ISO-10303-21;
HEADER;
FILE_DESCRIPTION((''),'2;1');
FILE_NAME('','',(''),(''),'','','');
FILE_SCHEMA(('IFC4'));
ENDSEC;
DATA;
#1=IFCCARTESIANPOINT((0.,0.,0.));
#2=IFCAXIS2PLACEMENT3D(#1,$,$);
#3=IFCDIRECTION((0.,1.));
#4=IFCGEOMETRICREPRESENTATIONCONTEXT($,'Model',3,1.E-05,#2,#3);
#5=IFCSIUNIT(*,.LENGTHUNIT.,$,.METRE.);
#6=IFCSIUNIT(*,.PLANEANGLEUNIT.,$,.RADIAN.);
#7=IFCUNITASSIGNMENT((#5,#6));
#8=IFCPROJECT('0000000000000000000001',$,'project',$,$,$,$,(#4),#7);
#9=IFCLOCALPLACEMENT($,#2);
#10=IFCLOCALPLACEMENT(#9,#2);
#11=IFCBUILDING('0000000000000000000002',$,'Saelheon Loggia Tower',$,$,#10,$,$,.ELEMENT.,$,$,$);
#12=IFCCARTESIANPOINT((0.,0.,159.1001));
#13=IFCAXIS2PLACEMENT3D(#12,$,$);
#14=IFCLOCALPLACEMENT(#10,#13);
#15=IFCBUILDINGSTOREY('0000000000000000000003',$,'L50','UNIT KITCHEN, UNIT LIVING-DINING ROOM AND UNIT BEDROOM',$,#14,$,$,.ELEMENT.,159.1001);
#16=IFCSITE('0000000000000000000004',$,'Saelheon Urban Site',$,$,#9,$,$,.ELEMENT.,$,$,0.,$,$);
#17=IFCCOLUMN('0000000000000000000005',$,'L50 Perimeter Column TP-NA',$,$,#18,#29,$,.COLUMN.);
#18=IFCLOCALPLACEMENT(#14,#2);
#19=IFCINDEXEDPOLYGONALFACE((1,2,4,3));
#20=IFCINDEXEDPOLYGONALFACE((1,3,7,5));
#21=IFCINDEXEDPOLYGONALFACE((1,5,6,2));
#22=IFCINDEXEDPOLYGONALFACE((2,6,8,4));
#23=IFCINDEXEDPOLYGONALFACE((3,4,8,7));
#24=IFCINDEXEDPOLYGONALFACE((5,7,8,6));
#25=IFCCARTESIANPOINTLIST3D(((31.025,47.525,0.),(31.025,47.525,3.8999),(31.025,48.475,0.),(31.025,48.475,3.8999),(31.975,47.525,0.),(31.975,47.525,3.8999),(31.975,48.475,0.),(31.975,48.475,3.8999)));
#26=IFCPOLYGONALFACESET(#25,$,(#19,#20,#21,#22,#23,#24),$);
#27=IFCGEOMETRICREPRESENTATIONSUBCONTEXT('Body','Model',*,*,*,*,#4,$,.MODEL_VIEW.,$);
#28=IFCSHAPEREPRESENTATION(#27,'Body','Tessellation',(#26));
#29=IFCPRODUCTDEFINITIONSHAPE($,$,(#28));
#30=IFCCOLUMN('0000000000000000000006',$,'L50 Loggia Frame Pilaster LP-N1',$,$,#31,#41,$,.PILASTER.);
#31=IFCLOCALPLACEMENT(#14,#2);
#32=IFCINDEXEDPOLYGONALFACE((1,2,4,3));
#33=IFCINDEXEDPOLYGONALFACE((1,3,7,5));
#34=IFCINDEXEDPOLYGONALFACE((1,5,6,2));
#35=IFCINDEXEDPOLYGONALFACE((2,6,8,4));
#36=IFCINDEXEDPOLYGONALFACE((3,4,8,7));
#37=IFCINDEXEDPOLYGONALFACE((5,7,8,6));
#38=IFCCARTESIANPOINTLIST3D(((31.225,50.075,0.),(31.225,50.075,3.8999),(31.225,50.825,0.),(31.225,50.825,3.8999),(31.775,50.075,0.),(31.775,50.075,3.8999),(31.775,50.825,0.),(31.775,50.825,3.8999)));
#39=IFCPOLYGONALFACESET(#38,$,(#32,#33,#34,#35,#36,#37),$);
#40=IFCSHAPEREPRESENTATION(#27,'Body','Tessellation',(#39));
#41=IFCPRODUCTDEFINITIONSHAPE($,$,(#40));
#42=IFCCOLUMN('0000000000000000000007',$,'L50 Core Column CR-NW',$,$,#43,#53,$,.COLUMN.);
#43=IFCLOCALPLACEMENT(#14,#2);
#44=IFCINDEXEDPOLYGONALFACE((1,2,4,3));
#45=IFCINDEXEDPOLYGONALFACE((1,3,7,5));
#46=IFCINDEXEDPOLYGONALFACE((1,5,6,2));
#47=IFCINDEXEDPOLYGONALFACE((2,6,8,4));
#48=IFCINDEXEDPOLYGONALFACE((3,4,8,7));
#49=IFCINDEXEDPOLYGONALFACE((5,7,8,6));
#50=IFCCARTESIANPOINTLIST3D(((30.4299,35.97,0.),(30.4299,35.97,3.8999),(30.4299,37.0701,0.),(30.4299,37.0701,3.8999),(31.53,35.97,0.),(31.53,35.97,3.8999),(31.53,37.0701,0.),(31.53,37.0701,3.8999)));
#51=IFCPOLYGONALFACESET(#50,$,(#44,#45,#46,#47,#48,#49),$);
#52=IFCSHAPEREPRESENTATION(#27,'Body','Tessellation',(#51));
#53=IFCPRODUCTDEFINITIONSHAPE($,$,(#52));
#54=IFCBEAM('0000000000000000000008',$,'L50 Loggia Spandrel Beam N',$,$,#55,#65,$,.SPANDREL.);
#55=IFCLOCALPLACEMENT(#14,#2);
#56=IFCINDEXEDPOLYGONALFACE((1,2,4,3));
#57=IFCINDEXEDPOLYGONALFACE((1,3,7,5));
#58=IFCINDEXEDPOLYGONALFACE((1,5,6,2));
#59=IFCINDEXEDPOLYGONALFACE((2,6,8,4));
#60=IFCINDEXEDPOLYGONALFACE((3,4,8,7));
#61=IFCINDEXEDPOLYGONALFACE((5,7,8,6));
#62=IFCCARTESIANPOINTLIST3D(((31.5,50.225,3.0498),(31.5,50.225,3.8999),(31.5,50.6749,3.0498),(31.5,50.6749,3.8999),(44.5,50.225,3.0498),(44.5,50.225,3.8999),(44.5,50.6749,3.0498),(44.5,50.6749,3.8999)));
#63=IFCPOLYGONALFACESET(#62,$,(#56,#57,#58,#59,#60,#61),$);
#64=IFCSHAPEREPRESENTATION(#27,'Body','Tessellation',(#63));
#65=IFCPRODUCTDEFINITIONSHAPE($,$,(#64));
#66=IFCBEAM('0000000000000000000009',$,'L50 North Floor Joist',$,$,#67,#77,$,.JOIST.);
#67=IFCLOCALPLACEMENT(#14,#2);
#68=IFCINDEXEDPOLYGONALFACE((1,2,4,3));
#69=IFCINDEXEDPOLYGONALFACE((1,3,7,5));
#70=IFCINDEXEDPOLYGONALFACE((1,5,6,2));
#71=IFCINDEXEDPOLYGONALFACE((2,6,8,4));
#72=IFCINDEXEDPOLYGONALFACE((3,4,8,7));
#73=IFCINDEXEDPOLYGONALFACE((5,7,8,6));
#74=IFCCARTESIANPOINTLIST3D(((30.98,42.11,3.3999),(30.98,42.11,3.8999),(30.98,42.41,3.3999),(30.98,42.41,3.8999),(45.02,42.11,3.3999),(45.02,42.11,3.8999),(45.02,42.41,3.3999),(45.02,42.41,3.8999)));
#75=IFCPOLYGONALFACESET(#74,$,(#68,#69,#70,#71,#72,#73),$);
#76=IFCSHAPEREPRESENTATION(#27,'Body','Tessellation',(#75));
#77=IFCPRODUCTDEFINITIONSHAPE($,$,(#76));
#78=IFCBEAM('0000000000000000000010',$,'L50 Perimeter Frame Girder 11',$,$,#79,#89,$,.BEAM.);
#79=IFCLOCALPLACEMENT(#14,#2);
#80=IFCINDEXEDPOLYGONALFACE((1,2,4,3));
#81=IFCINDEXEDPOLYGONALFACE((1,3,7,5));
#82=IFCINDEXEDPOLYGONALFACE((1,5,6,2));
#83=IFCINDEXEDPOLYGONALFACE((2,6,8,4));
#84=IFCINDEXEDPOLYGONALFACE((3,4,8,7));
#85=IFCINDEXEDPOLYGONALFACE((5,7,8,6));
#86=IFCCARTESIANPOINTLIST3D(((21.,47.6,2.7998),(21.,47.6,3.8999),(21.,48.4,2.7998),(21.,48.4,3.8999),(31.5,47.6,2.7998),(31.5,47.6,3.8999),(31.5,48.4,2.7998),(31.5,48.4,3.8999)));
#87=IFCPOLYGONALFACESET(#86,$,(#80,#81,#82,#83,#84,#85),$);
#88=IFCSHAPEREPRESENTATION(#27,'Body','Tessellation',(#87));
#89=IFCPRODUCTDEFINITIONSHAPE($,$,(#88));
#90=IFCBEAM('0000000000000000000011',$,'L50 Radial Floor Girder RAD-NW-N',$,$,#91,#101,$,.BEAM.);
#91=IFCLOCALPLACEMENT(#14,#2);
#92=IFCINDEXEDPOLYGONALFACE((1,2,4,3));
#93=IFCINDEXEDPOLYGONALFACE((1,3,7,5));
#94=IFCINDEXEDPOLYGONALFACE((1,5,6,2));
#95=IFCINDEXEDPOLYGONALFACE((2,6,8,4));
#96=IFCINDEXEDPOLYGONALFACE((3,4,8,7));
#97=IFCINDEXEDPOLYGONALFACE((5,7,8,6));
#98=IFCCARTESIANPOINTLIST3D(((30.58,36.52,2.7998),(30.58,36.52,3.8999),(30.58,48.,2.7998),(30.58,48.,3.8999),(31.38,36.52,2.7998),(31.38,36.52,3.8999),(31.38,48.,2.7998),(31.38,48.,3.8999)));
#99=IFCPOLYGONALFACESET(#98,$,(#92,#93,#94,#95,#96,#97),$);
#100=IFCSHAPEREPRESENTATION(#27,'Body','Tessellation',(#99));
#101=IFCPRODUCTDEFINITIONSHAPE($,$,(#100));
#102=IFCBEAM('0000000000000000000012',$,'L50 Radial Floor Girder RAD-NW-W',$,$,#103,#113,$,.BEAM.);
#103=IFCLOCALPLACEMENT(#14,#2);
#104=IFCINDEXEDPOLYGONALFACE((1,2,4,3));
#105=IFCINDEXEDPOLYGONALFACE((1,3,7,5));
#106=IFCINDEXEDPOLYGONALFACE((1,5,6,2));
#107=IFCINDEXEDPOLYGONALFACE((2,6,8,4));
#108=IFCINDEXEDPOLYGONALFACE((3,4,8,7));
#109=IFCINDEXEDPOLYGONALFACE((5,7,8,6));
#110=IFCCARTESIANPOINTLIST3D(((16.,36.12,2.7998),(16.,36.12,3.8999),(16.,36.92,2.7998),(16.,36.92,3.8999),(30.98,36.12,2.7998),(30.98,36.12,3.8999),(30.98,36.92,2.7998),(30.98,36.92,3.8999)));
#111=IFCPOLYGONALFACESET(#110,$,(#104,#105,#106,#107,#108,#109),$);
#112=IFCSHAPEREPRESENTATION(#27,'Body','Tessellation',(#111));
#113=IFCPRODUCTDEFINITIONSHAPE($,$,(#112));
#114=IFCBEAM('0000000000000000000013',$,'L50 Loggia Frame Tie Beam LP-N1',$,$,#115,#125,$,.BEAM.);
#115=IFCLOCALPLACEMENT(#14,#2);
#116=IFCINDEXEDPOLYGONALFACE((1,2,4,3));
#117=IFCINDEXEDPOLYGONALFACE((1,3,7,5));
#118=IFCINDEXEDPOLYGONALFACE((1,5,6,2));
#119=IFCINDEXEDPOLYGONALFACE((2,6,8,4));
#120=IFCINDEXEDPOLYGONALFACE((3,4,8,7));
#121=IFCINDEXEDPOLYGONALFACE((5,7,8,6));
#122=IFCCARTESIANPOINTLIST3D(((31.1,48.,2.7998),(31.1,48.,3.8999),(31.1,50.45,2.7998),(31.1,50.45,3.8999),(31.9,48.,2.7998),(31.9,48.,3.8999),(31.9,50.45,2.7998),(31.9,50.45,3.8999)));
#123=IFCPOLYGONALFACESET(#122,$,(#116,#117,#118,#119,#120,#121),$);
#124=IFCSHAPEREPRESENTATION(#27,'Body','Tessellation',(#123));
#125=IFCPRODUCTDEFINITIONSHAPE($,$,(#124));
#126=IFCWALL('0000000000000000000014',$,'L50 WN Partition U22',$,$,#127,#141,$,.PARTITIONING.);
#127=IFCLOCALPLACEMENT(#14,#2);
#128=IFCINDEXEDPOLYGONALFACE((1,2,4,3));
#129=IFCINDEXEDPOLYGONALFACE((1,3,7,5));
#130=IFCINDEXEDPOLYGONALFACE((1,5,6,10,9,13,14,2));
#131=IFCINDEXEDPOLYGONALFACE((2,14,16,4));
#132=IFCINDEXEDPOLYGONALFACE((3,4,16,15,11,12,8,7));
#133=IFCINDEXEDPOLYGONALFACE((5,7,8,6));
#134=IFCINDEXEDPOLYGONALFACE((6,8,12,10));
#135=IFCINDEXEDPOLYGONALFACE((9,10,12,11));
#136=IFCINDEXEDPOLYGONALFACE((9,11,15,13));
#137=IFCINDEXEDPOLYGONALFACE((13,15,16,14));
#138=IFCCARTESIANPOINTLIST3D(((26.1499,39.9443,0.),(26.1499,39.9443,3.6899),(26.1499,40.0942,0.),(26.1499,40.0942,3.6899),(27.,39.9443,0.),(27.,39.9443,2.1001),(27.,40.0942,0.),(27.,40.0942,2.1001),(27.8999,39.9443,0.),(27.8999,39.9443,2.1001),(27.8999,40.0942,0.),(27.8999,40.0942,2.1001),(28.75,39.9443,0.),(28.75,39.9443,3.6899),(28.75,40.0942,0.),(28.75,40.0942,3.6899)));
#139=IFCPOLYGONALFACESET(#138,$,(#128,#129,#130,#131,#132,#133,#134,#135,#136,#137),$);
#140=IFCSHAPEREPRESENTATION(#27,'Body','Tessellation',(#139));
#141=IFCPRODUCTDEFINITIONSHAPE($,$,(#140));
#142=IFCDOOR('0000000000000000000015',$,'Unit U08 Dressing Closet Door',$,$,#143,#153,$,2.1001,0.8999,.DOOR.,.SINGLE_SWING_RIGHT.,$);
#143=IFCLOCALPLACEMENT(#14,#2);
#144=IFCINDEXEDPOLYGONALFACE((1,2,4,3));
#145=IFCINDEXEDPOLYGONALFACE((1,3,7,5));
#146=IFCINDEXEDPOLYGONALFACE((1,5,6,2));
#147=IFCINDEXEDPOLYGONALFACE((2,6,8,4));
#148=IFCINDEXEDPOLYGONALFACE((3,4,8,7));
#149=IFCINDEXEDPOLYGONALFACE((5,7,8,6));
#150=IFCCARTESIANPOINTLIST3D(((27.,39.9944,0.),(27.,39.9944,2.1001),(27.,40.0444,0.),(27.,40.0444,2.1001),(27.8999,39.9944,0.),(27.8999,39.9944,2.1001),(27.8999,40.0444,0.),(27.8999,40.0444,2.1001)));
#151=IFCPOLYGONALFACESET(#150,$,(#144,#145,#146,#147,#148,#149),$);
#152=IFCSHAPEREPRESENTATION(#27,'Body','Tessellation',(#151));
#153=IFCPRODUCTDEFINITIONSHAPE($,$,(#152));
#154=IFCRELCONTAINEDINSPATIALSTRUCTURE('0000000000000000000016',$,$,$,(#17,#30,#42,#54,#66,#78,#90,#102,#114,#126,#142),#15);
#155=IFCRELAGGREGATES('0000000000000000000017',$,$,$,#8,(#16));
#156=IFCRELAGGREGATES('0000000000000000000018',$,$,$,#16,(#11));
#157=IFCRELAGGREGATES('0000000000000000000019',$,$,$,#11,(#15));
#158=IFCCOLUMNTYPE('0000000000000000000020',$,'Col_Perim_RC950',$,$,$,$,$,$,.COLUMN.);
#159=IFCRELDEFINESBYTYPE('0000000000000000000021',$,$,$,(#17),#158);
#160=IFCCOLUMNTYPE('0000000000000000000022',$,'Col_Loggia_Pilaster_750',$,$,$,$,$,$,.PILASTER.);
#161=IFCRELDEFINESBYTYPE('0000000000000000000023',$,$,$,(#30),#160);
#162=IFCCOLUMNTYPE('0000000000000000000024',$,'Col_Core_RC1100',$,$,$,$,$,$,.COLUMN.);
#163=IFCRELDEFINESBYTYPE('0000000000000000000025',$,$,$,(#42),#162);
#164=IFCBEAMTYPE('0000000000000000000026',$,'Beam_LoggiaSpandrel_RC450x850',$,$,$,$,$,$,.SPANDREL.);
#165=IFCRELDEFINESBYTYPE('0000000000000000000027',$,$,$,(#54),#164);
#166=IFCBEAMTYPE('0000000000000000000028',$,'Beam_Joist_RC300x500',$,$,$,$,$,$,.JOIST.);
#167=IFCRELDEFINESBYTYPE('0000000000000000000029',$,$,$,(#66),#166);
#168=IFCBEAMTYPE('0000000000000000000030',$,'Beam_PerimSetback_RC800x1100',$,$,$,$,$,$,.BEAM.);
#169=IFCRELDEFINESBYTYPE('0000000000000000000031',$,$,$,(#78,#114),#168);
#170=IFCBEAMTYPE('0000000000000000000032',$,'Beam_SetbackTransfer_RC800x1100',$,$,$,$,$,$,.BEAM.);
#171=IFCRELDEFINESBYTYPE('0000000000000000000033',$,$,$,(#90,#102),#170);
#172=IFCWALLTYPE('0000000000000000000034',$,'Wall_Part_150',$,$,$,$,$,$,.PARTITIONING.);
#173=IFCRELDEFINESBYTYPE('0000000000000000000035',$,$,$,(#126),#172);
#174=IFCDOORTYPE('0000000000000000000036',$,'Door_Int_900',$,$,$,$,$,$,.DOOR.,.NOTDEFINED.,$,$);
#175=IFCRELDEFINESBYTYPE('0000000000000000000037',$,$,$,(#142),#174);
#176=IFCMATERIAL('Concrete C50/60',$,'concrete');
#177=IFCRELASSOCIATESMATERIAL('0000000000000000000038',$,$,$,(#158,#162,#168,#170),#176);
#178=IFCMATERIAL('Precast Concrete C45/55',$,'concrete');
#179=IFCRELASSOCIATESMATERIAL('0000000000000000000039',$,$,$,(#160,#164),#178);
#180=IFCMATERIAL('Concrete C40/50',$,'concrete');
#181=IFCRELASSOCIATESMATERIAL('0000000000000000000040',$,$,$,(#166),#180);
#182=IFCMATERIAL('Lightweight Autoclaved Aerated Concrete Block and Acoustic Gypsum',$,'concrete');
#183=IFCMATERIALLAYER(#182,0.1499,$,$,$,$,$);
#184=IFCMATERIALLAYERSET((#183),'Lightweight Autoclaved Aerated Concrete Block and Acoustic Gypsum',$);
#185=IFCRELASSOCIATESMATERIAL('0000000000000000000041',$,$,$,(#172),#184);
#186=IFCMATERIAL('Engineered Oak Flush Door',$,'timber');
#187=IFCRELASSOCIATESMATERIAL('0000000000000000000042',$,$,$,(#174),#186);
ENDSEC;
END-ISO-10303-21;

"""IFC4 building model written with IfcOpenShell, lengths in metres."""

from ifc_helpers import new_model, si_unit, direction, frame, frame_2d, origin, origin_2d, place, context, subcontext, project, spatial, rectangle, extrude, source, transform, mapped, material, layer, layer_set, material_profile, profile_set, type_object, element, fill, save


model = new_model("IFC4")

# Units and contexts
model_context = context("Model", 3, precision=1e-05, world=origin(), true_north=direction((0.0, 1.0)))
body_context = subcontext(model_context, "Body", "Model", "MODEL_VIEW")
ifc_project = project(units=[si_unit("LENGTHUNIT", "METRE"), si_unit("PLANEANGLEUNIT", "RADIAN")], contexts=[model_context])

# Site, building, storey
site_placement = place(None, origin())
site = spatial("IfcSite", under=ifc_project, at=site_placement, Name="Saelheon Urban Site", CompositionType="ELEMENT", RefElevation=0.0)
building_placement = place(site_placement, origin())
building = spatial("IfcBuilding", under=site, at=building_placement, Name="Saelheon Loggia Tower", CompositionType="ELEMENT")
storey_placement = place(building_placement, frame((0.0, 0.0, 159.1001)))
storey = spatial("IfcBuildingStorey", under=building, at=storey_placement, Name="L50", Description="UNIT KITCHEN, UNIT LIVING-DINING ROOM AND UNIT BEDROOM", CompositionType="ELEMENT", Elevation=159.1001)

# Columns
ifc_material_1 = material(Name="Concrete C50/60", Category="concrete")
ifc_material_profile_1 = material_profile(ifc_material_1, rectangle(XDim=0.95, YDim=0.95, at=origin_2d()), Name="RC-950x950")
ifc_profile_set_1 = profile_set([ifc_material_profile_1], Name="Concrete C50/60")
column_type_1 = type_object("IfcColumnType", Name="Col_Perim_RC950", PredefinedType="COLUMN", material=ifc_profile_set_1)
shared_shape_1 = source(origin(), body_context, "Body", "SweptSolid", [
    extrude(rectangle(XDim=0.95, YDim=0.95, at=origin_2d()), origin(), (0.0, 0.0, 1.0), 3.8999),
])
column_1_placement = place(storey_placement, frame((31.5, 48.0, 0.0), z_axis=(0.0, 0.0, 1.0), x_axis=(1.0, 0.0, 0.0)))
element("IfcColumn", 1, at=column_1_placement, inside=storey, type_object=column_type_1, Name="L50 Perimeter Column TP-NA", PredefinedType="COLUMN", context=body_context, shape_type="MappedRepresentation", body=[
    mapped(shared_shape_1, transform((0.0, 0.0, 0.0), scale=1.0)),
])
ifc_material_2 = material(Name="Precast Concrete C45/55", Category="concrete")
ifc_material_profile_2 = material_profile(ifc_material_2, rectangle(XDim=0.55, YDim=0.75, at=origin_2d()), Name="RC-550x750")
ifc_profile_set_2 = profile_set([ifc_material_profile_2], Name="Precast Concrete C45/55")
column_type_2 = type_object("IfcColumnType", Name="Col_Loggia_Pilaster_750", PredefinedType="PILASTER", material=ifc_profile_set_2)
shared_shape_2 = source(origin(), body_context, "Body", "SweptSolid", [
    extrude(rectangle(XDim=0.55, YDim=0.75, at=origin_2d()), origin(), (0.0, 0.0, 1.0), 3.8999),
])
column_2_placement = place(storey_placement, frame((31.5, 50.45, 0.0), z_axis=(0.0, 0.0, 1.0), x_axis=(1.0, 0.0, 0.0)))
element("IfcColumn", 2, at=column_2_placement, inside=storey, type_object=column_type_2, Name="L50 Loggia Frame Pilaster LP-N1", PredefinedType="PILASTER", context=body_context, shape_type="MappedRepresentation", body=[
    mapped(shared_shape_2, transform((0.0, 0.0, 0.0), scale=1.0)),
])
ifc_material_profile_3 = material_profile(ifc_material_1, rectangle(XDim=1.1001, YDim=1.1001, at=origin_2d()), Name="RC-1100x1100")
ifc_profile_set_3 = profile_set([ifc_material_profile_3], Name="Concrete C50/60")
column_type_3 = type_object("IfcColumnType", Name="Col_Core_RC1100", PredefinedType="COLUMN", material=ifc_profile_set_3)
shared_shape_3 = source(origin(), body_context, "Body", "SweptSolid", [
    extrude(rectangle(XDim=1.1001, YDim=1.1001, at=origin_2d()), origin(), (0.0, 0.0, 1.0), 3.8999),
])
column_3_placement = place(storey_placement, frame((30.98, 36.52, 0.0), z_axis=(0.0, 0.0, 1.0), x_axis=(1.0, 0.0, 0.0)))
element("IfcColumn", 3, at=column_3_placement, inside=storey, type_object=column_type_3, Name="L50 Core Column CR-NW", PredefinedType="COLUMN", context=body_context, shape_type="MappedRepresentation", body=[
    mapped(shared_shape_3, transform((0.0, 0.0, 0.0), scale=1.0)),
])

# Beams
ifc_material_profile_4 = material_profile(ifc_material_2, rectangle(XDim=0.45, YDim=0.8501, at=origin_2d()), Name="RC-450x850")
ifc_profile_set_4 = profile_set([ifc_material_profile_4], Name="Precast Concrete C45/55")
beam_type_1 = type_object("IfcBeamType", Name="Beam_LoggiaSpandrel_RC450x850", PredefinedType="SPANDREL", material=ifc_profile_set_4)
shared_shape_4 = source(origin(), body_context, "Body", "SweptSolid", [
    extrude(rectangle(XDim=0.45, YDim=0.8501, at=origin_2d()), origin(), (0.0, 0.0, 1.0), 13.0),
])
beam_1_placement = place(storey_placement, frame((31.5, 50.45, 3.4749), z_axis=(1.0, 0.0, 0.0), x_axis=(0.0, 1.0, 0.0)))
element("IfcBeam", 4, at=beam_1_placement, inside=storey, type_object=beam_type_1, Name="L50 Loggia Spandrel Beam N", PredefinedType="SPANDREL", context=body_context, shape_type="MappedRepresentation", body=[
    mapped(shared_shape_4, transform((0.0, 0.0, 0.0), scale=1.0)),
])
ifc_material_3 = material(Name="Concrete C40/50", Category="concrete")
ifc_material_profile_5 = material_profile(ifc_material_3, rectangle(XDim=0.3, YDim=0.5, at=origin_2d()), Name="RC-300x500")
ifc_profile_set_5 = profile_set([ifc_material_profile_5], Name="Concrete C40/50")
beam_type_2 = type_object("IfcBeamType", Name="Beam_Joist_RC300x500", PredefinedType="JOIST", material=ifc_profile_set_5)
shared_shape_5 = source(origin(), body_context, "Body", "SweptSolid", [
    extrude(rectangle(XDim=0.3, YDim=0.5, at=origin_2d()), origin(), (0.0, 0.0, 1.0), 14.04),
])
beam_2_placement = place(storey_placement, frame((30.98, 42.26, 3.6499), z_axis=(1.0, 0.0, 0.0), x_axis=(0.0, 1.0, 0.0)))
element("IfcBeam", 5, at=beam_2_placement, inside=storey, type_object=beam_type_2, Name="L50 North Floor Joist", PredefinedType="JOIST", context=body_context, shape_type="MappedRepresentation", body=[
    mapped(shared_shape_5, transform((0.0, 0.0, 0.0), scale=1.0)),
])
ifc_material_profile_6 = material_profile(ifc_material_1, rectangle(XDim=0.8, YDim=1.1001, at=origin_2d()), Name="RC-800x1100")
ifc_profile_set_6 = profile_set([ifc_material_profile_6], Name="Concrete C50/60")
beam_type_3 = type_object("IfcBeamType", Name="Beam_PerimSetback_RC800x1100", PredefinedType="BEAM", material=ifc_profile_set_6)
shared_shape_6 = source(origin(), body_context, "Body", "SweptSolid", [
    extrude(rectangle(XDim=0.8, YDim=1.1001, at=origin_2d()), origin(), (0.0, 0.0, 1.0), 10.5),
])
beam_3_placement = place(storey_placement, frame((31.5, 48.0, 3.3499), z_axis=(-1.0, 0.0, 0.0), x_axis=(0.0, -1.0, 0.0)))
element("IfcBeam", 6, at=beam_3_placement, inside=storey, type_object=beam_type_3, Name="L50 Perimeter Frame Girder 11", PredefinedType="BEAM", context=body_context, shape_type="MappedRepresentation", body=[
    mapped(shared_shape_6, transform((0.0, 0.0, 0.0), scale=1.0)),
])
ifc_material_profile_7 = material_profile(ifc_material_1, rectangle(XDim=0.8, YDim=1.1001, at=origin_2d()), Name="RC-800x1100")
ifc_profile_set_7 = profile_set([ifc_material_profile_7], Name="Concrete C50/60")
beam_type_4 = type_object("IfcBeamType", Name="Beam_SetbackTransfer_RC800x1100", PredefinedType="BEAM", material=ifc_profile_set_7)
shared_shape_7 = source(origin(), body_context, "Body", "SweptSolid", [
    extrude(rectangle(XDim=0.8, YDim=1.1001, at=origin_2d()), origin(), (0.0, 0.0, 1.0), 11.48),
])
beam_4_placement = place(storey_placement, frame((30.98, 36.52, 3.3499), z_axis=(0.0, 1.0, 0.0), x_axis=(-1.0, 0.0, 0.0)))
element("IfcBeam", 7, at=beam_4_placement, inside=storey, type_object=beam_type_4, Name="L50 Radial Floor Girder RAD-NW-N", PredefinedType="BEAM", context=body_context, shape_type="MappedRepresentation", body=[
    mapped(shared_shape_7, transform((0.0, 0.0, 0.0), scale=1.0)),
])
shared_shape_8 = source(origin(), body_context, "Body", "SweptSolid", [
    extrude(rectangle(XDim=0.8, YDim=1.1001, at=origin_2d()), origin(), (0.0, 0.0, 1.0), 14.98),
])
beam_5_placement = place(storey_placement, frame((30.98, 36.52, 3.3499), z_axis=(-1.0, 0.0, 0.0), x_axis=(0.0, -1.0, 0.0)))
element("IfcBeam", 8, at=beam_5_placement, inside=storey, type_object=beam_type_4, Name="L50 Radial Floor Girder RAD-NW-W", PredefinedType="BEAM", context=body_context, shape_type="MappedRepresentation", body=[
    mapped(shared_shape_8, transform((0.0, 0.0, 0.0), scale=1.0)),
])
shared_shape_9 = source(origin(), body_context, "Body", "SweptSolid", [
    extrude(rectangle(XDim=0.8, YDim=1.1001, at=origin_2d()), origin(), (0.0, 0.0, 1.0), 2.45),
])
beam_6_placement = place(storey_placement, frame((31.5, 48.0, 3.3499), z_axis=(0.0, 1.0, 0.0), x_axis=(-1.0, 0.0, 0.0)))
element("IfcBeam", 9, at=beam_6_placement, inside=storey, type_object=beam_type_3, Name="L50 Loggia Frame Tie Beam LP-N1", PredefinedType="BEAM", context=body_context, shape_type="MappedRepresentation", body=[
    mapped(shared_shape_9, transform((0.0, 0.0, 0.0), scale=1.0)),
])

# Wall, opening, door
ifc_material_4 = material(Name="Lightweight Autoclaved Aerated Concrete Block and Acoustic Gypsum", Category="concrete")
ifc_layer_1 = layer(ifc_material_4, 0.1499)
ifc_layer_set_1 = layer_set([ifc_layer_1], Name="Lightweight Autoclaved Aerated Concrete Block and Acoustic Gypsum")
wall_type_1 = type_object("IfcWallType", Name="Wall_Part_150", PredefinedType="PARTITIONING", material=ifc_layer_set_1)
wall_1_placement = place(storey_placement, frame((28.75, 40.0193, 0.0), z_axis=(0.0, 0.0, 1.0), x_axis=(-1.0, 0.0, 0.0)))
wall_1 = element("IfcWall", 10, at=wall_1_placement, inside=storey, type_object=wall_type_1, Name="L50 WN Partition U22", PredefinedType="PARTITIONING", context=body_context, shape_type="SweptSolid", body=[
    extrude(rectangle(XDim=2.6001, YDim=0.1499, at=frame_2d((1.3, 0.0))), origin(), (0.0, 0.0, 1.0), 3.6899),
])
opening_1_placement = place(wall_1_placement, frame((0.8501, 0.0, 0.0)))
opening_1 = element("IfcOpeningElement", 11, at=opening_1_placement, cuts=wall_1, PredefinedType="OPENING", context=body_context, shape_type="SweptSolid", body=[
    extrude(rectangle(XDim=0.8999, YDim=2.1001, at=frame_2d((0.45, 1.05))), frame((0.0, 0.0869, 0.0), z_axis=(0.0, -1.0, 0.0), x_axis=(1.0, 0.0, 0.0)), (0.0, 0.0, 1.0), 0.1738),
])
ifc_material_5 = material(Name="Engineered Oak Flush Door", Category="timber")
door_type_1 = type_object("IfcDoorType", Name="Door_Int_900", OperationType="NOTDEFINED", PredefinedType="DOOR", material=ifc_material_5)
shared_shape_10 = source(origin(), body_context, "Body", "SweptSolid", [
    extrude(rectangle(XDim=0.8999, YDim=2.1001, at=frame_2d((0.45, 1.05))), frame((0.0, 0.0249, 0.0), z_axis=(0.0, -1.0, 0.0), x_axis=(1.0, 0.0, 0.0)), (0.0, 0.0, 1.0), 0.05),
])
door_1_placement = place(opening_1_placement, origin())
door_1 = element("IfcDoor", 12, at=door_1_placement, inside=storey, type_object=door_type_1, Name="Unit U08 Dressing Closet Door", OperationType="SINGLE_SWING_RIGHT", OverallHeight=2.1001, OverallWidth=0.8999, PredefinedType="DOOR", context=body_context, shape_type="MappedRepresentation", body=[
    mapped(shared_shape_10, transform((0.0, 0.0, 0.0), scale=1.0)),
])
fill(opening_1, door_1)

save(model, "model.ifc")
